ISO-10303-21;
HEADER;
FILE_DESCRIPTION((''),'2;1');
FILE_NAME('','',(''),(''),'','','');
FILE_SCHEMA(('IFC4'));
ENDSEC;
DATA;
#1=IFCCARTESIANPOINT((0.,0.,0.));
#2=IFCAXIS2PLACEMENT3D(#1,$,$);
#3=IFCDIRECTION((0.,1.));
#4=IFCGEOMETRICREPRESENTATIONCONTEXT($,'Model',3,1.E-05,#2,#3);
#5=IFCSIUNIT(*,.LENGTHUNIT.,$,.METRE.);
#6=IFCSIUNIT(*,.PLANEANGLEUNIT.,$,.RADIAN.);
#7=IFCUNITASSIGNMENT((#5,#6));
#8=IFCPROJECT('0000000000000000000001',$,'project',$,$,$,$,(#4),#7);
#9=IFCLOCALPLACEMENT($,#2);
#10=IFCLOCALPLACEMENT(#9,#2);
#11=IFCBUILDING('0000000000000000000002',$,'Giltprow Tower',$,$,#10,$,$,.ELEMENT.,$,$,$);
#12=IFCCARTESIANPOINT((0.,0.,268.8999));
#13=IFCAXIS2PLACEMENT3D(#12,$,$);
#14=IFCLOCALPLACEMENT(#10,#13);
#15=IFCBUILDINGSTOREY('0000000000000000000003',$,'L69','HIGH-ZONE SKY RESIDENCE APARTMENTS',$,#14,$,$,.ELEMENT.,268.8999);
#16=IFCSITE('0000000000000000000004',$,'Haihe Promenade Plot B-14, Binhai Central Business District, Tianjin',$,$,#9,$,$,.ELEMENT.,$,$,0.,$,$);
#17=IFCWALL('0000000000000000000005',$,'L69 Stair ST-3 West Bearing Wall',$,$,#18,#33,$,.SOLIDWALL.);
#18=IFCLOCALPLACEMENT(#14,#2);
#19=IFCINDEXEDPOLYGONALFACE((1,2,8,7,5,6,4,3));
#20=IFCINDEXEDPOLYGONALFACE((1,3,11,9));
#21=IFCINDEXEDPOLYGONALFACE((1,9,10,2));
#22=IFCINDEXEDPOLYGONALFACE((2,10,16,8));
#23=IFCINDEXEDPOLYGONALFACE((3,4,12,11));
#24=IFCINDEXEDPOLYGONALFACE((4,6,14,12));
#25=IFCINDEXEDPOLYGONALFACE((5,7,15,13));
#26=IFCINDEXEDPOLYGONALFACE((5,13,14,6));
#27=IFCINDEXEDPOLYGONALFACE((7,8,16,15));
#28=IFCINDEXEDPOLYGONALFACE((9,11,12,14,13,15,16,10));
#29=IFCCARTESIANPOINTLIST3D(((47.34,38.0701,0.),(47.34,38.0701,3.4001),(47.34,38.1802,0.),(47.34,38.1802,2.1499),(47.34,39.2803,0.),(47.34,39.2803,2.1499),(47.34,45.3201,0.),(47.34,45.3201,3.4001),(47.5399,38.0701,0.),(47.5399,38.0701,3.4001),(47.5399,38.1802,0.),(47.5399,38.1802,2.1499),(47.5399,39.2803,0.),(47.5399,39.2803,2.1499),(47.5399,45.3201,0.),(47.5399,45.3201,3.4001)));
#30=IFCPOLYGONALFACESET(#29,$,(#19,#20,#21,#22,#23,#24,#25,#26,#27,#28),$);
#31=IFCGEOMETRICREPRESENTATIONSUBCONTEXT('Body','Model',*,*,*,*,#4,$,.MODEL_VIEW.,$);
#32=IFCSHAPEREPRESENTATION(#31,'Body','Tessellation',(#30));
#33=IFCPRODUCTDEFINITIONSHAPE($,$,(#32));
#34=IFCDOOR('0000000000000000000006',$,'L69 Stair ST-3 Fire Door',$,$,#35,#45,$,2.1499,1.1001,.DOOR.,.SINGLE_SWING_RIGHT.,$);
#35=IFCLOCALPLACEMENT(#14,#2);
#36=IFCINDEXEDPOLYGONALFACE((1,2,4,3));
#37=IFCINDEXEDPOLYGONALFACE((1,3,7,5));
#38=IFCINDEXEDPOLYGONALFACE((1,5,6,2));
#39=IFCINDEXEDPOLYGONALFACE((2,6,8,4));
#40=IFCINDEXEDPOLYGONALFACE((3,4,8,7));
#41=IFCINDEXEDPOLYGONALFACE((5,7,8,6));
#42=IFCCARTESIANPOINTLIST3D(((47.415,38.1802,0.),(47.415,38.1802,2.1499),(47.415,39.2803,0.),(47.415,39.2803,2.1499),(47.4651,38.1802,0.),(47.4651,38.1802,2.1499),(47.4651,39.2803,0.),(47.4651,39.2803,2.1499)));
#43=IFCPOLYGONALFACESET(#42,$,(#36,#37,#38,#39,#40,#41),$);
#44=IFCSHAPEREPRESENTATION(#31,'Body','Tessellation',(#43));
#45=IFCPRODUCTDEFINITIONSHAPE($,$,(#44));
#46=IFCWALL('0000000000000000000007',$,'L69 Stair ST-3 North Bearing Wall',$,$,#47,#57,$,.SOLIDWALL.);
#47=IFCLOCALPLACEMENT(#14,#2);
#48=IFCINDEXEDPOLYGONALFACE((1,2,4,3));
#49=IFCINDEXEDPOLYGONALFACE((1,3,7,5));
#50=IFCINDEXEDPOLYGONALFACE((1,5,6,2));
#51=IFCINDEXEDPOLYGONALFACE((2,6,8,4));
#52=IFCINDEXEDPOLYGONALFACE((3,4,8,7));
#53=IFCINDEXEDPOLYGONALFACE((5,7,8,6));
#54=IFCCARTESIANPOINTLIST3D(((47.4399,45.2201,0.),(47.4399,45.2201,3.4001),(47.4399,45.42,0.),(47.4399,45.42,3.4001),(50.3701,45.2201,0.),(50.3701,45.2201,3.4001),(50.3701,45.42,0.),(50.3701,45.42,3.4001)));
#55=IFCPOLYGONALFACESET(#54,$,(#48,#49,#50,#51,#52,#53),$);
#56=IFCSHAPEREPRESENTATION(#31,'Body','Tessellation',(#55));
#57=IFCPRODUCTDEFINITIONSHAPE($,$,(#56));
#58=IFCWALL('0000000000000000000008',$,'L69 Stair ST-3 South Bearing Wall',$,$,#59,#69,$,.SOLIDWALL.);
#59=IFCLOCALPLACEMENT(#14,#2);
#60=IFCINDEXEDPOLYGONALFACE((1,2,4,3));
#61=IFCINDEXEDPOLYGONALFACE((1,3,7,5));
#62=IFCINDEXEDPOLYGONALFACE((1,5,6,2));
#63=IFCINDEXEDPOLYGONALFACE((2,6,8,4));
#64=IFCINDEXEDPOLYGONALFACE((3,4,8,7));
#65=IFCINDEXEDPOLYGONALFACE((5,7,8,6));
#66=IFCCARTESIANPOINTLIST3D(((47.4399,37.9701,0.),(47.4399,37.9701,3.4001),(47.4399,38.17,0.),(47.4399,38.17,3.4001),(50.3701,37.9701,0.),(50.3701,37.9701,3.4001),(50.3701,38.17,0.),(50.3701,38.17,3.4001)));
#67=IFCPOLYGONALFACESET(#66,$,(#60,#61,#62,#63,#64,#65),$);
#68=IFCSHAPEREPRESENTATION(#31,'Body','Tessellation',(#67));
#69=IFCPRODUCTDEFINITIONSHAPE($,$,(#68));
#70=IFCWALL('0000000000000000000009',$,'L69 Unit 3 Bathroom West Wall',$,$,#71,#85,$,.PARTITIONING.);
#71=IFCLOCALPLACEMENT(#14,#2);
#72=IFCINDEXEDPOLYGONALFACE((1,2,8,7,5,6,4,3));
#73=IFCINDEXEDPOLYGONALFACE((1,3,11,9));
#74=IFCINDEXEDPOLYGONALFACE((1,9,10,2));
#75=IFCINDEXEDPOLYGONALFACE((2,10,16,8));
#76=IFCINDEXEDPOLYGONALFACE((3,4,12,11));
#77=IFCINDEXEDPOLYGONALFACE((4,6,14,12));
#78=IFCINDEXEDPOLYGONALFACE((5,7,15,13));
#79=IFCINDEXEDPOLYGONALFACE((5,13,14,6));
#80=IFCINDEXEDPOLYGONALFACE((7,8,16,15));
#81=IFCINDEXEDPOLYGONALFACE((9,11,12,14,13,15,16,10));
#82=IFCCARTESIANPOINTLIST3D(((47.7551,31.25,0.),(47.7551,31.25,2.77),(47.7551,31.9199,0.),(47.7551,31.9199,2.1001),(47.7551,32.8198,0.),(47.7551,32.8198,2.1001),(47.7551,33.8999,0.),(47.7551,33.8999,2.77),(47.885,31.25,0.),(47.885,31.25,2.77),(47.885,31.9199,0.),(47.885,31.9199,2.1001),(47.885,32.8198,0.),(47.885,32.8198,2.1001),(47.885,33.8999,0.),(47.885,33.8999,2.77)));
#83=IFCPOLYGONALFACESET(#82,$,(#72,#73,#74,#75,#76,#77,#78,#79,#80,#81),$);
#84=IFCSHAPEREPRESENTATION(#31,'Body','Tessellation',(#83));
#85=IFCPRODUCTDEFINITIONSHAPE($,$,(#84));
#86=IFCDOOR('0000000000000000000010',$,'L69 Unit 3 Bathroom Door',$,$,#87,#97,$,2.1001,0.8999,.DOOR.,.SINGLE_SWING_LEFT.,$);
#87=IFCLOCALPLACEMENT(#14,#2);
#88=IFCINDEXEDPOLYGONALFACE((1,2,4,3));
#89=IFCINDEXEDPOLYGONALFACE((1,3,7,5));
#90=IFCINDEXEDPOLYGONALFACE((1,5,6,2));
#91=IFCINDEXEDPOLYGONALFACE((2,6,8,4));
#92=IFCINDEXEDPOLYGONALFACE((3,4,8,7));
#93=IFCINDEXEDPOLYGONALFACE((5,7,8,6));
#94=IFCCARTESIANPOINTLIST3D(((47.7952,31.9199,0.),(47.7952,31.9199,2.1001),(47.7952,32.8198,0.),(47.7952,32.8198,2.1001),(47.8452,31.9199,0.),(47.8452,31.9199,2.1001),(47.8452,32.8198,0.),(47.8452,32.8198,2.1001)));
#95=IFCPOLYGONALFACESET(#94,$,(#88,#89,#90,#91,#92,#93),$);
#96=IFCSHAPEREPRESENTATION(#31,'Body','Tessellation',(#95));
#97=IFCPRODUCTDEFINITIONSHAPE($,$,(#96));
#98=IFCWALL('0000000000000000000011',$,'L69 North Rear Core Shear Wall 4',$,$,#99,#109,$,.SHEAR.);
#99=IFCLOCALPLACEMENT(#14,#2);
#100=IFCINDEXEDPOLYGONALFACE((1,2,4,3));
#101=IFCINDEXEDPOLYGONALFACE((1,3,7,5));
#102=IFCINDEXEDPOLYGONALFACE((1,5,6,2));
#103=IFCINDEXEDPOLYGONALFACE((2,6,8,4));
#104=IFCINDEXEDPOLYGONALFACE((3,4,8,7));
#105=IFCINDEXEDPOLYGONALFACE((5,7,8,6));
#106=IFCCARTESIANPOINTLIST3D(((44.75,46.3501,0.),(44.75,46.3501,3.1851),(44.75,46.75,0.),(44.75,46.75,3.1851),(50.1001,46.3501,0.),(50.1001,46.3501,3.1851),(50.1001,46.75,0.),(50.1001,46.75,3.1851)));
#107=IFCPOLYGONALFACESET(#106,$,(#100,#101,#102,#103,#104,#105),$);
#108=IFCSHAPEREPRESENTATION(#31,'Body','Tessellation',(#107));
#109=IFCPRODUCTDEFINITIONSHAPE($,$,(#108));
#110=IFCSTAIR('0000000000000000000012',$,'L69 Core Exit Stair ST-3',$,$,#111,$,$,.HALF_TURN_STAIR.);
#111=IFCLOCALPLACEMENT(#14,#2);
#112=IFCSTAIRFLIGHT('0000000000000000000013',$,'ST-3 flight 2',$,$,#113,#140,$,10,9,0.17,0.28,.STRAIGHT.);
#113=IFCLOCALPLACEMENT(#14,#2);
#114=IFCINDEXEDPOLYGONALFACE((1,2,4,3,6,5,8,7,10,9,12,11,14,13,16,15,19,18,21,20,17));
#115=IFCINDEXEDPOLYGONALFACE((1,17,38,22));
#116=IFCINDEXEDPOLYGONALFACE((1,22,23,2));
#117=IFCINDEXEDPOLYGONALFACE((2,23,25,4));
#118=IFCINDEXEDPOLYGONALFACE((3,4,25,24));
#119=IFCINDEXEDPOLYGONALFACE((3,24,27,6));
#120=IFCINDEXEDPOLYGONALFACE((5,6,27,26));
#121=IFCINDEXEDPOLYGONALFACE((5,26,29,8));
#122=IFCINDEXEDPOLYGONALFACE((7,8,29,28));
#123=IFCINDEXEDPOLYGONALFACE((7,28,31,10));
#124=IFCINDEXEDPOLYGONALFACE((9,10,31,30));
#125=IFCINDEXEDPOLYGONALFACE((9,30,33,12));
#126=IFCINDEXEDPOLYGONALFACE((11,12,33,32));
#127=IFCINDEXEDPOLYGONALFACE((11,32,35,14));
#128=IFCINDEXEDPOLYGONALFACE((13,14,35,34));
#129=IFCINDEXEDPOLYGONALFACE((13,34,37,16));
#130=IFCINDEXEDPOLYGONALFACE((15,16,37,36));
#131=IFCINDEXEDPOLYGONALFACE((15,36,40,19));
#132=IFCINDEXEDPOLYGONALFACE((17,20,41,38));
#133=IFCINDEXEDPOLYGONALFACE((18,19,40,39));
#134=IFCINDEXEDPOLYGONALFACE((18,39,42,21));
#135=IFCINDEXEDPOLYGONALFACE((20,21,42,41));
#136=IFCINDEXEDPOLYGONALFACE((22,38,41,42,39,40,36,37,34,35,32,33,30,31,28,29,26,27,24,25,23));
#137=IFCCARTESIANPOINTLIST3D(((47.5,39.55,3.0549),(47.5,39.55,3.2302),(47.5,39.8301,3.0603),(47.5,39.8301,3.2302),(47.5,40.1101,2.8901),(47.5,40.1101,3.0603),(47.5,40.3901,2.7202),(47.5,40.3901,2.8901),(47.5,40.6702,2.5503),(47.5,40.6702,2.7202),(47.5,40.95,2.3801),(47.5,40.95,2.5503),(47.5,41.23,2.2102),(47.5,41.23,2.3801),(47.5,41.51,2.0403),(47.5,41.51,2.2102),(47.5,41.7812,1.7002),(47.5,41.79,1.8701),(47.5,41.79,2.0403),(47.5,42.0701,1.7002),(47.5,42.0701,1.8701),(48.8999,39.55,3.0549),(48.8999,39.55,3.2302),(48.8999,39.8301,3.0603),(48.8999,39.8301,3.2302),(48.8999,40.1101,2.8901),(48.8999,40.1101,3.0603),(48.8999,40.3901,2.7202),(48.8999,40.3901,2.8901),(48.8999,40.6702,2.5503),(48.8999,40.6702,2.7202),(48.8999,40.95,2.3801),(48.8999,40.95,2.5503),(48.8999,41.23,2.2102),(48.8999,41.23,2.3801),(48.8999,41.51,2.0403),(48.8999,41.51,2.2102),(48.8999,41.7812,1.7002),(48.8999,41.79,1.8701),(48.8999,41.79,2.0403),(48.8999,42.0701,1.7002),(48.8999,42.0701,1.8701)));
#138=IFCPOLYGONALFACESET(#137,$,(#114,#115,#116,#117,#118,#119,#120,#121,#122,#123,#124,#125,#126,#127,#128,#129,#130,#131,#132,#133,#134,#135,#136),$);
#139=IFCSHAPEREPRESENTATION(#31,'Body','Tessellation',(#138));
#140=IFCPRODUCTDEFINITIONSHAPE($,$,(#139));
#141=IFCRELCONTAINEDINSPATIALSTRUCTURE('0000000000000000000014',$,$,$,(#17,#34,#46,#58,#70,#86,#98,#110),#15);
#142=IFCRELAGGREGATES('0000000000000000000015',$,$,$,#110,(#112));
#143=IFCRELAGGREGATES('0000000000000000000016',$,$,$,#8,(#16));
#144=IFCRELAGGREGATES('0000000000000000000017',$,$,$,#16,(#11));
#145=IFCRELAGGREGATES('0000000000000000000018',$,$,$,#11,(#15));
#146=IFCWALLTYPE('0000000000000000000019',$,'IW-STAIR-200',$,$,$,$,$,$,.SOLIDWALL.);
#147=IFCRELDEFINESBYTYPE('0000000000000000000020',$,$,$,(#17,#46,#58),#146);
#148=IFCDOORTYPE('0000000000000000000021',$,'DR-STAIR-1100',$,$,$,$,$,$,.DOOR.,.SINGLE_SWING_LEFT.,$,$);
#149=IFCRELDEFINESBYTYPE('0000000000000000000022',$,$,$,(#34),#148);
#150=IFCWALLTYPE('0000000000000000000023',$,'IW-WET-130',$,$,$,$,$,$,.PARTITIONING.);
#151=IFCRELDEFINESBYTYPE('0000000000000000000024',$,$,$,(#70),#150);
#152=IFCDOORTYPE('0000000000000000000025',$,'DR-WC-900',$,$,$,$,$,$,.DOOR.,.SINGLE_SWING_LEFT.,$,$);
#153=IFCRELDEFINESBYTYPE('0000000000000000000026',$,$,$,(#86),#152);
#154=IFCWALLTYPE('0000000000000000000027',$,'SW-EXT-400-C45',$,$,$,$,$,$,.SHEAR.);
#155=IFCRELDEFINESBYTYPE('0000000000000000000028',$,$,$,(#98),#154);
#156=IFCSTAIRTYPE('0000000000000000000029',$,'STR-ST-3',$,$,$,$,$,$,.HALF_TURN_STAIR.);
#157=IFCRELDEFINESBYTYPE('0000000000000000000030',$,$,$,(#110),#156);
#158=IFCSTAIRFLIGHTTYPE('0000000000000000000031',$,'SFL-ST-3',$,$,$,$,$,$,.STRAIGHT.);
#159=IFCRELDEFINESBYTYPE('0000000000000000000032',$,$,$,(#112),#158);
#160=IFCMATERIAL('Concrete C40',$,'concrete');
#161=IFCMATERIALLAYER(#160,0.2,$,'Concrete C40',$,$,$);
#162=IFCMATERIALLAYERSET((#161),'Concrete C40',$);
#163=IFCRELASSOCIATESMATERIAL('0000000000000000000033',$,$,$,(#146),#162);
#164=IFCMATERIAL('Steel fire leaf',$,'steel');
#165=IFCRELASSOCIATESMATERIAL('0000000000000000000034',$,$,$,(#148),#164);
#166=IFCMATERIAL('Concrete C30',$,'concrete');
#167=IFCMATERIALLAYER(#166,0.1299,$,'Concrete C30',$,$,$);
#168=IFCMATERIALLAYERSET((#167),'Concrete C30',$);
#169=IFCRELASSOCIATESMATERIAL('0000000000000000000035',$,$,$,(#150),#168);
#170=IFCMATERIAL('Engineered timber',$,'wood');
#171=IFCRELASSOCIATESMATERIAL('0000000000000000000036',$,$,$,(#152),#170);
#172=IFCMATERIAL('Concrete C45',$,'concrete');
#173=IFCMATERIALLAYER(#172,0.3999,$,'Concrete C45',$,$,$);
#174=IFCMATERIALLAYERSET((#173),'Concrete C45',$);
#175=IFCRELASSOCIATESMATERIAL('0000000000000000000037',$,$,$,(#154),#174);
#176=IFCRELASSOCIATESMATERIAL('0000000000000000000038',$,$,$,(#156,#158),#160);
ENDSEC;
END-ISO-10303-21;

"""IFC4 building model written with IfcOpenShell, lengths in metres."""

from ifc_helpers import new_model, si_unit, direction, frame, frame_2d, origin, place, context, subcontext, project, spatial, polyline, rectangle, outline, extrude, source, transform, mapped, material, layer, layer_set, type_object, element, fill, aggregate, save


model = new_model("IFC4")

# Units and contexts
model_context = context("Model", 3, precision=1e-05, world=origin(), true_north=direction((0.0, 1.0)))
body_context = subcontext(model_context, "Body", "Model", "MODEL_VIEW")
ifc_project = project(units=[si_unit("LENGTHUNIT", "METRE"), si_unit("PLANEANGLEUNIT", "RADIAN")], contexts=[model_context])

# Site, building, storey
site_placement = place(None, origin())
site = spatial("IfcSite", under=ifc_project, at=site_placement, Name="Haihe Promenade Plot B-14, Binhai Central Business District, Tianjin", CompositionType="ELEMENT", RefElevation=0.0)
building_placement = place(site_placement, origin())
building = spatial("IfcBuilding", under=site, at=building_placement, Name="Giltprow Tower", CompositionType="ELEMENT")
storey_placement = place(building_placement, frame((0.0, 0.0, 268.8999)))
storey = spatial("IfcBuildingStorey", under=building, at=storey_placement, Name="L69", Description="HIGH-ZONE SKY RESIDENCE APARTMENTS", CompositionType="ELEMENT", Elevation=268.8999)

# Shared definitions
ifc_material_1 = material(Name="Concrete C45", Category="concrete")

# Shared definitions
ifc_material_2 = material(Name="Concrete C40", Category="concrete")

# Wall, opening, door
ifc_layer_1 = layer(ifc_material_2, 0.2, Name="Concrete C40")
ifc_layer_set_1 = layer_set([ifc_layer_1], Name="Concrete C40")
wall_type_1 = type_object("IfcWallType", Name="IW-STAIR-200", PredefinedType="SOLIDWALL", material=ifc_layer_set_1)
wall_1_placement = place(storey_placement, frame((47.4399, 38.0701, 0.0), z_axis=(0.0, 0.0, 1.0), x_axis=(0.0, 1.0, 0.0)))
wall_1 = element("IfcWall", 1, at=wall_1_placement, inside=storey, type_object=wall_type_1, Name="L69 Stair ST-3 West Bearing Wall", PredefinedType="SOLIDWALL", context=body_context, shape_type="SweptSolid", body=[
    extrude(rectangle(XDim=7.25, YDim=0.2, at=frame_2d((3.625, 0.0))), origin(), (0.0, 0.0, 1.0), 3.4001),
])
opening_1_placement = place(wall_1_placement, frame((0.1101, 0.0, 0.0)))
opening_1 = element("IfcOpeningElement", 2, at=opening_1_placement, cuts=wall_1, PredefinedType="OPENING", context=body_context, shape_type="SweptSolid", body=[
    extrude(rectangle(XDim=1.1001, YDim=2.1499, at=frame_2d((0.55, 1.075))), frame((0.0, 0.1099, 0.0), z_axis=(0.0, -1.0, 0.0), x_axis=(1.0, 0.0, 0.0)), (0.0, 0.0, 1.0), 0.22),
])
ifc_material_3 = material(Name="Steel fire leaf", Category="steel")
door_type_1 = type_object("IfcDoorType", Name="DR-STAIR-1100", OperationType="SINGLE_SWING_LEFT", PredefinedType="DOOR", material=ifc_material_3)
shared_shape_1 = source(origin(), body_context, "Body", "SweptSolid", [
    extrude(rectangle(XDim=1.1001, YDim=2.1499, at=frame_2d((0.55, 1.075))), frame((0.0, 0.0249, 0.0), z_axis=(0.0, -1.0, 0.0), x_axis=(1.0, 0.0, 0.0)), (0.0, 0.0, 1.0), 0.05),
])
door_1_placement = place(opening_1_placement, origin())
door_1 = element("IfcDoor", 3, at=door_1_placement, inside=storey, type_object=door_type_1, Name="L69 Stair ST-3 Fire Door", OperationType="SINGLE_SWING_RIGHT", OverallHeight=2.1499, OverallWidth=1.1001, PredefinedType="DOOR", context=body_context, shape_type="MappedRepresentation", body=[
    mapped(shared_shape_1, transform((0.0, 0.0, 0.0), x_axis=(1.0, 0.0, 0.0), y_axis=(0.0, 1.0, 0.0), z_axis=(0.0, 0.0, 1.0), scale=1.0)),
])
fill(opening_1, door_1)

# Walls
for number, where, z_axis, x_axis, name in (
    (4, (47.4399, 45.3201, 0.0), (0.0, 0.0, 1.0), (1.0, 0.0, 0.0), "L69 Stair ST-3 North Bearing Wall"),
    (5, (47.4399, 38.0701, 0.0), (0.0, 0.0, 1.0), (1.0, 0.0, 0.0), "L69 Stair ST-3 South Bearing Wall"),
):
    element("IfcWall", number, at=place(storey_placement, frame(where, z_axis=z_axis, x_axis=x_axis)), inside=storey, type_object=wall_type_1, Name=name, PredefinedType="SOLIDWALL", context=body_context, shape_type="SweptSolid", body=[
        extrude(rectangle(XDim=2.9302, YDim=0.2, at=frame_2d((1.4651, 0.0))), origin(), (0.0, 0.0, 1.0), 3.4001),
    ])

# Wall, opening, door
ifc_material_4 = material(Name="Concrete C30", Category="concrete")
ifc_layer_2 = layer(ifc_material_4, 0.1299, Name="Concrete C30")
ifc_layer_set_2 = layer_set([ifc_layer_2], Name="Concrete C30")
wall_type_2 = type_object("IfcWallType", Name="IW-WET-130", PredefinedType="PARTITIONING", material=ifc_layer_set_2)
wall_2_placement = place(storey_placement, frame((47.8201, 31.25, 0.0), z_axis=(0.0, 0.0, 1.0), x_axis=(0.0, 1.0, 0.0)))
wall_2 = element("IfcWall", 6, at=wall_2_placement, inside=storey, type_object=wall_type_2, Name="L69 Unit 3 Bathroom West Wall", PredefinedType="PARTITIONING", context=body_context, shape_type="SweptSolid", body=[
    extrude(rectangle(XDim=2.6499, YDim=0.1299, at=frame_2d((1.325, 0.0))), origin(), (0.0, 0.0, 1.0), 2.77),
])
opening_2_placement = place(wall_2_placement, frame((0.6699, 0.0, 0.0)))
opening_2 = element("IfcOpeningElement", 7, at=opening_2_placement, cuts=wall_2, PredefinedType="OPENING", context=body_context, shape_type="SweptSolid", body=[
    extrude(rectangle(XDim=0.8999, YDim=2.1001, at=frame_2d((0.45, 1.05))), frame((0.0, 0.075, 0.0), z_axis=(0.0, -1.0, 0.0), x_axis=(1.0, 0.0, 0.0)), (0.0, 0.0, 1.0), 0.1499),
])
ifc_material_5 = material(Name="Engineered timber", Category="wood")
door_type_2 = type_object("IfcDoorType", Name="DR-WC-900", OperationType="SINGLE_SWING_LEFT", PredefinedType="DOOR", material=ifc_material_5)
shared_shape_2 = source(origin(), body_context, "Body", "SweptSolid", [
    extrude(rectangle(XDim=0.8999, YDim=2.1001, at=frame_2d((0.45, 1.05))), frame((0.0, 0.0249, 0.0), z_axis=(0.0, -1.0, 0.0), x_axis=(1.0, 0.0, 0.0)), (0.0, 0.0, 1.0), 0.05),
])
door_2_placement = place(opening_2_placement, origin())
door_2 = element("IfcDoor", 8, at=door_2_placement, inside=storey, type_object=door_type_2, Name="L69 Unit 3 Bathroom Door", OperationType="SINGLE_SWING_LEFT", OverallHeight=2.1001, OverallWidth=0.8999, PredefinedType="DOOR", context=body_context, shape_type="MappedRepresentation", body=[
    mapped(shared_shape_2, transform((0.0, 0.0, 0.0), x_axis=(1.0, 0.0, 0.0), y_axis=(0.0, 1.0, 0.0), z_axis=(0.0, 0.0, 1.0), scale=1.0)),
])
fill(opening_2, door_2)

# Wall
ifc_layer_3 = layer(ifc_material_1, 0.3999, Name="Concrete C45")
ifc_layer_set_3 = layer_set([ifc_layer_3], Name="Concrete C45")
wall_type_3 = type_object("IfcWallType", Name="SW-EXT-400-C45", PredefinedType="SHEAR", material=ifc_layer_set_3)
wall_3_placement = place(storey_placement, frame((44.75, 46.55, 0.0), z_axis=(0.0, 0.0, 1.0), x_axis=(1.0, 0.0, 0.0)))
element("IfcWall", 9, at=wall_3_placement, inside=storey, type_object=wall_type_3, Name="L69 North Rear Core Shear Wall 4", PredefinedType="SHEAR", context=body_context, shape_type="SweptSolid", body=[
    extrude(rectangle(XDim=5.3501, YDim=0.3999, at=frame_2d((2.675, 0.0))), origin(), (0.0, 0.0, 1.0), 3.1851),
])

# Stair, stair flight
stair_type = type_object("IfcStairType", Name="STR-ST-3", PredefinedType="HALF_TURN_STAIR", material=ifc_material_2)
stair_placement = place(storey_placement, origin())
stair = element("IfcStair", 10, at=stair_placement, inside=storey, type_object=stair_type, Name="L69 Core Exit Stair ST-3", PredefinedType="HALF_TURN_STAIR")
stair_flight_type = type_object("IfcStairFlightType", Name="SFL-ST-3", PredefinedType="STRAIGHT", material=ifc_material_2)
stair_flight_placement = place(storey_placement, frame((48.2, 42.0701, 1.7002), z_axis=(0.0, 0.0, 1.0), x_axis=(0.0, -1.0, 0.0)))
stair_flight = element("IfcStairFlight", 11, at=stair_flight_placement, type_object=stair_flight_type, Name="ST-3 flight 2", NumberOfRisers=10, NumberOfTreads=9, PredefinedType="STRAIGHT", RiserHeight=0.17, TreadLength=0.28, context=body_context, shape_type="SweptSolid", body=[
    extrude(outline(polyline([(0.0, 0.0), (0.0, 0.1699), (0.28, 0.1699), (0.28, 0.3401), (0.5601, 0.3401), (0.5601, 0.51), (0.8401, 0.51), (0.8401, 0.6799), (1.1201, 0.6799), (1.1201, 0.8501), (1.3999, 0.8501), (1.3999, 1.02), (1.6799, 1.02), (1.6799, 1.1899), (1.96, 1.1899), (1.96, 1.3601), (2.24, 1.3601), (2.24, 1.53), (2.52, 1.53), (2.52, 1.7), (2.52, 1.3547), (0.2888, 0.0), (0.0, 0.0)])), frame((0.0, 0.7, 0.0), z_axis=(0.0, -1.0, 0.0), x_axis=(1.0, 0.0, 0.0)), (0.0, 0.0, 1.0), 1.3999),
])
aggregate(stair, [stair_flight])

save(model, "model.ifc")
